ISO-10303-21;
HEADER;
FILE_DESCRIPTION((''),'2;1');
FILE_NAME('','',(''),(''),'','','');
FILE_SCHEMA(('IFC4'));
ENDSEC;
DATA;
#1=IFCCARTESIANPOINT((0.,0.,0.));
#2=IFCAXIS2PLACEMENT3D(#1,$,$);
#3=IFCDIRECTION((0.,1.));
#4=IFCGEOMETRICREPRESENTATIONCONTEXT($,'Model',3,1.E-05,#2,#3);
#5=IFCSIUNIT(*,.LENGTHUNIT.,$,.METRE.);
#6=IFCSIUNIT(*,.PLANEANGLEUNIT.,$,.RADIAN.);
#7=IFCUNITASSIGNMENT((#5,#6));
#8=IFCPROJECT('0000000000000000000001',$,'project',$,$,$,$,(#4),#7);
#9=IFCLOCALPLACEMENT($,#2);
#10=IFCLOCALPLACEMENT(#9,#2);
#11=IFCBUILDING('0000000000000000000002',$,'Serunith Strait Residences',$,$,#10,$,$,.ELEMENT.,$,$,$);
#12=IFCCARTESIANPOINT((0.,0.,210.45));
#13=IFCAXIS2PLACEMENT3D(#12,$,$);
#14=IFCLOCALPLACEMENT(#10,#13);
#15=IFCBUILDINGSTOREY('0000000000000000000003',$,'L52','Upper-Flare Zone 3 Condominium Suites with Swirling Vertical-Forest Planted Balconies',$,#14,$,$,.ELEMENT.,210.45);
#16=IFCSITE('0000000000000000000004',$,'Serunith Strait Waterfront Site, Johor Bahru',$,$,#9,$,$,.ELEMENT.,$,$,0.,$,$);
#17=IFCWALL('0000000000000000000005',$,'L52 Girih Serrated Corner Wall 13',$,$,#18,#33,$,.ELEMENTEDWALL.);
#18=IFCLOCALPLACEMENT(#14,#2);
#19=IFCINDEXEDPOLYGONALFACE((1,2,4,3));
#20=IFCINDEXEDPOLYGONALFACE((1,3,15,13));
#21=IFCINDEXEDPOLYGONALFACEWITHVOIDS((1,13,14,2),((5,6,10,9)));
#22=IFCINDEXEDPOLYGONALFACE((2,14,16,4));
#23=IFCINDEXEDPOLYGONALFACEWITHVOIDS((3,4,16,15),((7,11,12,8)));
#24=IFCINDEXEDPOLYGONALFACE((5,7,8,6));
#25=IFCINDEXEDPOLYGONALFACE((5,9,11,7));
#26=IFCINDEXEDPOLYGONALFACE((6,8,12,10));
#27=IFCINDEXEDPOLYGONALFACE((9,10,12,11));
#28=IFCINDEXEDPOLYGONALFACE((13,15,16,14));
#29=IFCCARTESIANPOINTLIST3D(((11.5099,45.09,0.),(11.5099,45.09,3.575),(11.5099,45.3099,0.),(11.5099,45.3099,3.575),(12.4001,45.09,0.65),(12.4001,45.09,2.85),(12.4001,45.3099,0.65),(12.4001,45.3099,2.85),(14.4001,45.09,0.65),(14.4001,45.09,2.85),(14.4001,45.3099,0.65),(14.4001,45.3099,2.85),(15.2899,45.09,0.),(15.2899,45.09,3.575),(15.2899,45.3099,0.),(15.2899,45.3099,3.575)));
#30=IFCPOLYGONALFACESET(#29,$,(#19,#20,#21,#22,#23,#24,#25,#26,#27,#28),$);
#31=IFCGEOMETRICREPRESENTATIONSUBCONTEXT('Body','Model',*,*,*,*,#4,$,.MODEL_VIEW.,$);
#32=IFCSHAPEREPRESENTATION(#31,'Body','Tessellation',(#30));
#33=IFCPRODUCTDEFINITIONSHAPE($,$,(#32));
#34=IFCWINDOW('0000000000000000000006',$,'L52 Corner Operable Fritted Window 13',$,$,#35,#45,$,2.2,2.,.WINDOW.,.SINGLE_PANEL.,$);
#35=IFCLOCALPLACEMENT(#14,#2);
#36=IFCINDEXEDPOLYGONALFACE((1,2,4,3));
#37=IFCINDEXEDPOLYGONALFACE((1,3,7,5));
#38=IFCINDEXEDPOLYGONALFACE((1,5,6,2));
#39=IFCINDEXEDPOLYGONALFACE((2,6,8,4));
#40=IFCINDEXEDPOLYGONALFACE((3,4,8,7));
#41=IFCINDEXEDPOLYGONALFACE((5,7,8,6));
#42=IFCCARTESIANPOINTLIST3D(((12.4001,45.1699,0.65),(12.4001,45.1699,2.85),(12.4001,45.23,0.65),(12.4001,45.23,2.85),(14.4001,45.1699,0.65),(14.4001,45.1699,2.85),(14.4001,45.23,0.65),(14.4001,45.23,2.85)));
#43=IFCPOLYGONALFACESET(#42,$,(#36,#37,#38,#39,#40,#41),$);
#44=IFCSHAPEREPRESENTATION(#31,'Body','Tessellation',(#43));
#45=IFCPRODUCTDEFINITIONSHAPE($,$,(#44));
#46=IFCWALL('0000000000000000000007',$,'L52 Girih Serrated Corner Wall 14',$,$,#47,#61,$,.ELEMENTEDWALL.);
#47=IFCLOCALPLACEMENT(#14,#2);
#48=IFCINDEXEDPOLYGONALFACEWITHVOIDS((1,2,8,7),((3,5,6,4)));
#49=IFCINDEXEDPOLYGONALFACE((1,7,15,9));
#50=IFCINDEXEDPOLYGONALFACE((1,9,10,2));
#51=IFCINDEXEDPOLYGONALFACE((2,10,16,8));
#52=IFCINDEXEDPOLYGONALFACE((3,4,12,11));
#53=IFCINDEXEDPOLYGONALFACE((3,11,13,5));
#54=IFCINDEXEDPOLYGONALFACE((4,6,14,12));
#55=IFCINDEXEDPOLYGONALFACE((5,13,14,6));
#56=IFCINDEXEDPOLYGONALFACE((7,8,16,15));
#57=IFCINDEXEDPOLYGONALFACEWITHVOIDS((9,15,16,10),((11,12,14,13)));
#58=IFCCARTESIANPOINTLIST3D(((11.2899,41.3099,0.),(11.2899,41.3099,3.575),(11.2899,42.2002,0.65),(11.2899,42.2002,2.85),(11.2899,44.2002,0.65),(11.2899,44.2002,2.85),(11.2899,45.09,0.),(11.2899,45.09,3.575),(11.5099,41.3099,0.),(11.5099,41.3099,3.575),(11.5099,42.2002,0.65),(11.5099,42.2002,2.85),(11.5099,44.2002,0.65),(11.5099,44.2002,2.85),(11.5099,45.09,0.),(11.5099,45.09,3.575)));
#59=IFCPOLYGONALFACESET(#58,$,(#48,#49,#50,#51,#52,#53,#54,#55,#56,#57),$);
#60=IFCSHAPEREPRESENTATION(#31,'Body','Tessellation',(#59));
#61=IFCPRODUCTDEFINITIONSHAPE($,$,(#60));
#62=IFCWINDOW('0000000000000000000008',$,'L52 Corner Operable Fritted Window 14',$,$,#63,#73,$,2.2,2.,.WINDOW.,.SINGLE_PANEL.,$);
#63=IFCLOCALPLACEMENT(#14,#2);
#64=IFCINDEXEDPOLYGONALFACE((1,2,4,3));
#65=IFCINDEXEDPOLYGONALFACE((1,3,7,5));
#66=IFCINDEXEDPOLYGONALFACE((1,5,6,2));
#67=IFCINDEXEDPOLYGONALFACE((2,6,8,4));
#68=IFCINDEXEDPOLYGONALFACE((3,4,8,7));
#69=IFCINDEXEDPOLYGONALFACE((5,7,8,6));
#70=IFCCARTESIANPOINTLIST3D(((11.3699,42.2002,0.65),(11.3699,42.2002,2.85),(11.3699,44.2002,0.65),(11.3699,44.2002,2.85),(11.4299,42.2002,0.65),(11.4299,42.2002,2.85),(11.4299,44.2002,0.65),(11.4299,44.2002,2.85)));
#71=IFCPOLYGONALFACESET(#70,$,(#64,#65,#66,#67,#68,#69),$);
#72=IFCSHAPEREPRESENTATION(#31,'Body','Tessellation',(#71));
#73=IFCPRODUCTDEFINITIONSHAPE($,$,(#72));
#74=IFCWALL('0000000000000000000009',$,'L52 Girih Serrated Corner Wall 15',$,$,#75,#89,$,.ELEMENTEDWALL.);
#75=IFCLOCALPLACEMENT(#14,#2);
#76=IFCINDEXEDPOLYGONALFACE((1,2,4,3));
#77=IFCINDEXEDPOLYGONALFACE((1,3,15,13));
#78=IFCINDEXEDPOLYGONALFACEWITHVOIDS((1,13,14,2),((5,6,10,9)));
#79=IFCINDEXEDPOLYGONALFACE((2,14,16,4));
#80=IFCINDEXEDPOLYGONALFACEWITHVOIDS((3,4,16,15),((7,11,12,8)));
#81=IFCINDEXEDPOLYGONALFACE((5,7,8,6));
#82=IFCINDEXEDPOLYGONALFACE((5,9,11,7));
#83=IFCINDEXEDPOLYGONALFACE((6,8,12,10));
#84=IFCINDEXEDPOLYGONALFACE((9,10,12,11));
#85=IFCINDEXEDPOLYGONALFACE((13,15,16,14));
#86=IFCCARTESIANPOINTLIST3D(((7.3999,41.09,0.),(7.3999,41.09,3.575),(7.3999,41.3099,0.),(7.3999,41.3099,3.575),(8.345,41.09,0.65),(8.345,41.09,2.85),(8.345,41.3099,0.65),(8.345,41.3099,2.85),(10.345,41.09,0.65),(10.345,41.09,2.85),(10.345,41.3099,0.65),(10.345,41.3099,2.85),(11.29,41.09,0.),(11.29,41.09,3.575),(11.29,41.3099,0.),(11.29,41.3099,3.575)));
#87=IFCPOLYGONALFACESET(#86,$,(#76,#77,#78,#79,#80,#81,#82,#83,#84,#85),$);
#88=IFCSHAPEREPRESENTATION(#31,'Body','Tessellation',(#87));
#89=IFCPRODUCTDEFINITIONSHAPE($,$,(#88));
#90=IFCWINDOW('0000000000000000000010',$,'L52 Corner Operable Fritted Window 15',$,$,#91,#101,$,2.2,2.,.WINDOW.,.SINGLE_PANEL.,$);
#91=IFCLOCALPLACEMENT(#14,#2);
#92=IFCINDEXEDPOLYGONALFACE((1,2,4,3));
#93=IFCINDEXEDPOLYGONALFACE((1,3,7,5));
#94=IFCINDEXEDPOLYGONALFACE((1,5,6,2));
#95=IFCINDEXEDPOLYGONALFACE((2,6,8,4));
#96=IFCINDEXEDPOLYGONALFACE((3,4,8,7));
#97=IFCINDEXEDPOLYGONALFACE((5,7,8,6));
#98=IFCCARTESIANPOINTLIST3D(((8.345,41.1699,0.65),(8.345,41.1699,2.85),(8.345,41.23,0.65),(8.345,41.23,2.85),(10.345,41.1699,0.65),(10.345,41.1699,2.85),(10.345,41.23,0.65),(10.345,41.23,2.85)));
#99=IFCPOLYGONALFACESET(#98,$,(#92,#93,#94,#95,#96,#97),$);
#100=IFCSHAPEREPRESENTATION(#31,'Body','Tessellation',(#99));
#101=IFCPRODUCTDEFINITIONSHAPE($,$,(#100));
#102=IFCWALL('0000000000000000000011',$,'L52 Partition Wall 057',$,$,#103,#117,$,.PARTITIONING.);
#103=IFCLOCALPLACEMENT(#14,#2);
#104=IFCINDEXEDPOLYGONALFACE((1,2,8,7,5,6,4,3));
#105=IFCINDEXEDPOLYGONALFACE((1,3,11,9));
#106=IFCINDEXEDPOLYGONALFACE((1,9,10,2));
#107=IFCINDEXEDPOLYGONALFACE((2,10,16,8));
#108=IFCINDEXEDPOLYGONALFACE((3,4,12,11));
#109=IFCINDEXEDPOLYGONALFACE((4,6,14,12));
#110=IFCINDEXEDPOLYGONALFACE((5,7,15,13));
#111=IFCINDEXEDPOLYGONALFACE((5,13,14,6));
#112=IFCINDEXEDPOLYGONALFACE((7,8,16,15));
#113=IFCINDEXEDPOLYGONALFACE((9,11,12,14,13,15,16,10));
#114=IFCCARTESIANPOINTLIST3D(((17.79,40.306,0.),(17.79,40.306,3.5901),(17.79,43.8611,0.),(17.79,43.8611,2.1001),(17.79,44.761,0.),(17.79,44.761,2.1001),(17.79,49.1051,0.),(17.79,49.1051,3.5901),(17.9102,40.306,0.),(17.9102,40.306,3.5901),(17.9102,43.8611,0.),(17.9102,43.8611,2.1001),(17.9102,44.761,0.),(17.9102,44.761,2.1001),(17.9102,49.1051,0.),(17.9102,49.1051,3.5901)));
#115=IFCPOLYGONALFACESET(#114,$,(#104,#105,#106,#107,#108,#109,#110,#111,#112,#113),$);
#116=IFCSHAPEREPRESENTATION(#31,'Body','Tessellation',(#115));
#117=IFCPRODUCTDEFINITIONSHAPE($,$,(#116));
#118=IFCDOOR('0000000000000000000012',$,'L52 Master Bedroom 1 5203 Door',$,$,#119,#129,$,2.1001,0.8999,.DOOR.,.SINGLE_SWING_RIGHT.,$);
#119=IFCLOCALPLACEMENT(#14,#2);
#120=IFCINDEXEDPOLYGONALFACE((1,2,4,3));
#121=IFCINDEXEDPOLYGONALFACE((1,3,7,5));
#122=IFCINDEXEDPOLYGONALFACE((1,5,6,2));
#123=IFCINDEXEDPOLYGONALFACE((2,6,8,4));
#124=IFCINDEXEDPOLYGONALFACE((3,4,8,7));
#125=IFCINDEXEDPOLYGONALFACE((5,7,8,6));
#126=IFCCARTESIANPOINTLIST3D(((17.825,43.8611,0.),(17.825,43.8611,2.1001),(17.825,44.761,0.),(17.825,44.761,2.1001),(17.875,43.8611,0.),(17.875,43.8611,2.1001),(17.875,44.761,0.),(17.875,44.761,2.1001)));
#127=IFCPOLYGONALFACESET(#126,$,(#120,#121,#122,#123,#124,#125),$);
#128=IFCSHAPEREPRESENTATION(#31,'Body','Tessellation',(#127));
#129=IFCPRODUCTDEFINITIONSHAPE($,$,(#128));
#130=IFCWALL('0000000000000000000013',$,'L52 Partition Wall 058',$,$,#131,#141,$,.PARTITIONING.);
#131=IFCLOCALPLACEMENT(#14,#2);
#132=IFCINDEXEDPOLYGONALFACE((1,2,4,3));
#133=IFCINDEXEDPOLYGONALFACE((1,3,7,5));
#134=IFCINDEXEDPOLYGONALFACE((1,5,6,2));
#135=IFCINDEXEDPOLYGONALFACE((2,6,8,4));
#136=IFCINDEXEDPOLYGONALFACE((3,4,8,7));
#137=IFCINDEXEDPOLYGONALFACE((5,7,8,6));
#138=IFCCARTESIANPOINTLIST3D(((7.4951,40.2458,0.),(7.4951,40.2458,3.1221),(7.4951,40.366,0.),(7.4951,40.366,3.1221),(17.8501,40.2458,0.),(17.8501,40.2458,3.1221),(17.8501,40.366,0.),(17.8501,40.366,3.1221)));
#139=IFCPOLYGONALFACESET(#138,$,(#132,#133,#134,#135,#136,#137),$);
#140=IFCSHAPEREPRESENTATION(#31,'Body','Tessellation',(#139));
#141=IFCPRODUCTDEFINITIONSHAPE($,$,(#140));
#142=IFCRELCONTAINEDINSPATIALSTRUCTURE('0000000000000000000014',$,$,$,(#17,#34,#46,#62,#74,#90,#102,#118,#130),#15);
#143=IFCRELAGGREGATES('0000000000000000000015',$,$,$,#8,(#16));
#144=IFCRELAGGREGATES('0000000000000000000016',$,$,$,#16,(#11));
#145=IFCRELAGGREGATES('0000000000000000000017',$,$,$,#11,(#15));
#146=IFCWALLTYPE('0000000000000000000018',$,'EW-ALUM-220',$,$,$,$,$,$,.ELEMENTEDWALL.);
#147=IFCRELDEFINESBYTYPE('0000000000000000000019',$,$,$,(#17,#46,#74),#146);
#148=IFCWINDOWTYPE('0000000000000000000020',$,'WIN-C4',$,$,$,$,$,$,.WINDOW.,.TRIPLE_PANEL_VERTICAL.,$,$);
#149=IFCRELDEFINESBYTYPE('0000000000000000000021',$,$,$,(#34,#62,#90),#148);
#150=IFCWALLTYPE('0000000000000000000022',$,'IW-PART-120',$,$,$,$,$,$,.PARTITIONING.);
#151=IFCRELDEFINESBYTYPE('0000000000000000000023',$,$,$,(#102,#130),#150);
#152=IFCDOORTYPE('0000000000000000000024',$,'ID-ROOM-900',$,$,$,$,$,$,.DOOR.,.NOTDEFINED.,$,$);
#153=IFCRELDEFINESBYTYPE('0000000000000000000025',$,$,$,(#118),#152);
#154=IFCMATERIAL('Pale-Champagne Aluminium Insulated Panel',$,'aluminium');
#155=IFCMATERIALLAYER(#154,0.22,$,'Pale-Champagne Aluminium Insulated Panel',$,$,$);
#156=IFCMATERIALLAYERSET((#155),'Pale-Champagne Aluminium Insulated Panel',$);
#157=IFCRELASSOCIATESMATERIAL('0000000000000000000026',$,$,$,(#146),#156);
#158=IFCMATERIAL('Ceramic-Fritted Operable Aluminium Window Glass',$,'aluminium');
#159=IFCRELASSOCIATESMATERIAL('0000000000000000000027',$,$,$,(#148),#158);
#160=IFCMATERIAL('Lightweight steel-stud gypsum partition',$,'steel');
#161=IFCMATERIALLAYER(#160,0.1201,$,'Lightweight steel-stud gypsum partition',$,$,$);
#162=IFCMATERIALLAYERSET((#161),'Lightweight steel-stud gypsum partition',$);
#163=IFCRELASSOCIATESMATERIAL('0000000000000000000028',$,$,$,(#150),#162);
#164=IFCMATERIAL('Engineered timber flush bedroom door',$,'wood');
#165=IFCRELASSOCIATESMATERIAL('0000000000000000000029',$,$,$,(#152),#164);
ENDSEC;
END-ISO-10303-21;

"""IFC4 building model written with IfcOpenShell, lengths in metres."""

from ifc_helpers import new_model, si_unit, direction, frame, frame_2d, origin, place, context, subcontext, project, spatial, rectangle, extrude, source, transform, mapped, material, layer, layer_set, type_object, element, fill, save


model = new_model("IFC4")

# Units and contexts
model_context = context("Model", 3, precision=1e-05, world=origin(), true_north=direction((0.0, 1.0)))
body_context = subcontext(model_context, "Body", "Model", "MODEL_VIEW")
ifc_project = project(units=[si_unit("LENGTHUNIT", "METRE"), si_unit("PLANEANGLEUNIT", "RADIAN")], contexts=[model_context])

# Site, building, storey
site_placement = place(None, origin())
site = spatial("IfcSite", under=ifc_project, at=site_placement, Name="Serunith Strait Waterfront Site, Johor Bahru", CompositionType="ELEMENT", RefElevation=0.0)
building_placement = place(site_placement, origin())
building = spatial("IfcBuilding", under=site, at=building_placement, Name="Serunith Strait Residences", CompositionType="ELEMENT")
storey_placement = place(building_placement, frame((0.0, 0.0, 210.45)))
storey = spatial("IfcBuildingStorey", under=building, at=storey_placement, Name="L52", Description="Upper-Flare Zone 3 Condominium Suites with Swirling Vertical-Forest Planted Balconies", CompositionType="ELEMENT", Elevation=210.45)

# Walls, openings, windows
ifc_material_1 = material(Name="Pale-Champagne Aluminium Insulated Panel", Category="aluminium")
ifc_layer_1 = layer(ifc_material_1, 0.22, Name="Pale-Champagne Aluminium Insulated Panel")
ifc_layer_set_1 = layer_set([ifc_layer_1], Name="Pale-Champagne Aluminium Insulated Panel")
wall_type_1 = type_object("IfcWallType", Name="EW-ALUM-220", PredefinedType="ELEMENTEDWALL", material=ifc_layer_set_1)
ifc_material_2 = material(Name="Ceramic-Fritted Operable Aluminium Window Glass", Category="aluminium")
window_type = type_object("IfcWindowType", Name="WIN-C4", PartitioningType="TRIPLE_PANEL_VERTICAL", PredefinedType="WINDOW", material=ifc_material_2)
shared_shape_1 = source(origin(), body_context, "Body", "SweptSolid", [
    extrude(rectangle(XDim=2.0, YDim=2.2, at=frame_2d((1.0, 1.1001))), frame((0.0, 0.03, 0.0), z_axis=(0.0, -1.0, 0.0), x_axis=(1.0, 0.0, 0.0)), (0.0, 0.0, 1.0), 0.0601),
])
wall_1_placement = place(storey_placement, frame((15.29, 45.2, 0.0), z_axis=(0.0, 0.0, 1.0), x_axis=(-1.0, 0.0, 0.0)))
wall_1 = element("IfcWall", 1, at=wall_1_placement, inside=storey, type_object=wall_type_1, Name="L52 Girih Serrated Corner Wall 13", PredefinedType="ELEMENTEDWALL", context=body_context, shape_type="SweptSolid", body=[
    extrude(rectangle(XDim=3.78, YDim=0.22, at=frame_2d((1.8901, 0.0))), origin(), (0.0, 0.0, 1.0), 3.575),
])
opening_1_placement = place(wall_1_placement, frame((0.8899, 0.0, 0.6499)))
opening_1 = element("IfcOpeningElement", 2, at=opening_1_placement, cuts=wall_1, PredefinedType="OPENING", context=body_context, shape_type="SweptSolid", body=[
    extrude(rectangle(XDim=2.0, YDim=2.2, at=frame_2d((1.0, 1.1001))), frame((0.0, 0.1201, 0.0), z_axis=(0.0, -1.0, 0.0), x_axis=(1.0, 0.0, 0.0)), (0.0, 0.0, 1.0), 0.24),
])
window_1_placement = place(opening_1_placement, origin())
window_1 = element("IfcWindow", 3, at=window_1_placement, inside=storey, type_object=window_type, Name="L52 Corner Operable Fritted Window 13", OverallHeight=2.2, OverallWidth=2.0, PartitioningType="SINGLE_PANEL", PredefinedType="WINDOW", context=body_context, shape_type="MappedRepresentation", body=[
    mapped(shared_shape_1, transform((0.0, 0.0, 0.0), scale=1.0)),
])
fill(opening_1, window_1)
wall_2_placement = place(storey_placement, frame((11.3999, 45.0901, 0.0), z_axis=(0.0, 0.0, 1.0), x_axis=(0.0, -1.0, 0.0)))
wall_2 = element("IfcWall", 4, at=wall_2_placement, inside=storey, type_object=wall_type_1, Name="L52 Girih Serrated Corner Wall 14", PredefinedType="ELEMENTEDWALL", context=body_context, shape_type="SweptSolid", body=[
    extrude(rectangle(XDim=3.78, YDim=0.22, at=frame_2d((1.8901, 0.0))), origin(), (0.0, 0.0, 1.0), 3.575),
])
opening_2_placement = place(wall_2_placement, frame((0.8899, 0.0, 0.6499)))
opening_2 = element("IfcOpeningElement", 5, at=opening_2_placement, cuts=wall_2, PredefinedType="OPENING", context=body_context, shape_type="SweptSolid", body=[
    extrude(rectangle(XDim=2.0, YDim=2.2, at=frame_2d((1.0, 1.1001))), frame((0.0, 0.1201, 0.0), z_axis=(0.0, -1.0, 0.0), x_axis=(1.0, 0.0, 0.0)), (0.0, 0.0, 1.0), 0.24),
])
window_2_placement = place(opening_2_placement, origin())
window_2 = element("IfcWindow", 6, at=window_2_placement, inside=storey, type_object=window_type, Name="L52 Corner Operable Fritted Window 14", OverallHeight=2.2, OverallWidth=2.0, PartitioningType="SINGLE_PANEL", PredefinedType="WINDOW", context=body_context, shape_type="MappedRepresentation", body=[
    mapped(shared_shape_1, transform((0.0, 0.0, 0.0), scale=1.0)),
])
fill(opening_2, window_2)
wall_3_placement = place(storey_placement, frame((11.29, 41.2, 0.0), z_axis=(0.0, 0.0, 1.0), x_axis=(-1.0, 0.0, 0.0)))
wall_3 = element("IfcWall", 7, at=wall_3_placement, inside=storey, type_object=wall_type_1, Name="L52 Girih Serrated Corner Wall 15", PredefinedType="ELEMENTEDWALL", context=body_context, shape_type="SweptSolid", body=[
    extrude(rectangle(XDim=3.8901, YDim=0.22, at=frame_2d((1.9451, 0.0))), origin(), (0.0, 0.0, 1.0), 3.575),
])
opening_3_placement = place(wall_3_placement, frame((0.9451, 0.0, 0.6499)))
opening_3 = element("IfcOpeningElement", 8, at=opening_3_placement, cuts=wall_3, PredefinedType="OPENING", context=body_context, shape_type="SweptSolid", body=[
    extrude(rectangle(XDim=2.0, YDim=2.2, at=frame_2d((1.0, 1.1001))), frame((0.0, 0.1201, 0.0), z_axis=(0.0, -1.0, 0.0), x_axis=(1.0, 0.0, 0.0)), (0.0, 0.0, 1.0), 0.24),
])
window_3_placement = place(opening_3_placement, origin())
window_3 = element("IfcWindow", 9, at=window_3_placement, inside=storey, type_object=window_type, Name="L52 Corner Operable Fritted Window 15", OverallHeight=2.2, OverallWidth=2.0, PartitioningType="SINGLE_PANEL", PredefinedType="WINDOW", context=body_context, shape_type="MappedRepresentation", body=[
    mapped(shared_shape_1, transform((0.0, 0.0, 0.0), scale=1.0)),
])
fill(opening_3, window_3)

# Wall, opening, door
ifc_material_3 = material(Name="Lightweight steel-stud gypsum partition", Category="steel")
ifc_layer_2 = layer(ifc_material_3, 0.1201, Name="Lightweight steel-stud gypsum partition")
ifc_layer_set_2 = layer_set([ifc_layer_2], Name="Lightweight steel-stud gypsum partition")
wall_type_2 = type_object("IfcWallType", Name="IW-PART-120", PredefinedType="PARTITIONING", material=ifc_layer_set_2)
wall_4_placement = place(storey_placement, frame((17.8501, 49.105, 0.0), z_axis=(0.0, 0.0, 1.0), x_axis=(0.0, -1.0, 0.0)))
wall_4 = element("IfcWall", 10, at=wall_4_placement, inside=storey, type_object=wall_type_2, Name="L52 Partition Wall 057", PredefinedType="PARTITIONING", context=body_context, shape_type="SweptSolid", body=[
    extrude(rectangle(XDim=8.7991, YDim=0.1201, at=frame_2d((4.3994, 0.0))), origin(), (0.0, 0.0, 1.0), 3.5901),
])
opening_4_placement = place(wall_4_placement, frame((4.344, 0.0, 0.0)))
opening_4 = element("IfcOpeningElement", 11, at=opening_4_placement, cuts=wall_4, PredefinedType="OPENING", context=body_context, shape_type="SweptSolid", body=[
    extrude(rectangle(XDim=0.8999, YDim=2.1001, at=frame_2d((0.45, 1.05))), frame((0.0, 0.0701, 0.0), z_axis=(0.0, -1.0, 0.0), x_axis=(1.0, 0.0, 0.0)), (0.0, 0.0, 1.0), 0.1401),
])
ifc_material_4 = material(Name="Engineered timber flush bedroom door", Category="wood")
door_type_1 = type_object("IfcDoorType", Name="ID-ROOM-900", OperationType="NOTDEFINED", PredefinedType="DOOR", material=ifc_material_4)
shared_shape_2 = source(origin(), body_context, "Body", "SweptSolid", [
    extrude(rectangle(XDim=0.8999, YDim=2.1001, at=frame_2d((0.45, 1.05))), frame((0.0, 0.0249, 0.0), z_axis=(0.0, -1.0, 0.0), x_axis=(1.0, 0.0, 0.0)), (0.0, 0.0, 1.0), 0.05),
])
door_1_placement = place(opening_4_placement, origin())
door_1 = element("IfcDoor", 12, at=door_1_placement, inside=storey, type_object=door_type_1, Name="L52 Master Bedroom 1 5203 Door", OperationType="SINGLE_SWING_RIGHT", OverallHeight=2.1001, OverallWidth=0.8999, PredefinedType="DOOR", context=body_context, shape_type="MappedRepresentation", body=[
    mapped(shared_shape_2, transform((0.0, 0.0, 0.0), scale=1.0)),
])
fill(opening_4, door_1)

# Wall
wall_5_placement = place(storey_placement, frame((7.4951, 40.3059, 0.0), z_axis=(0.0, 0.0, 1.0), x_axis=(1.0, 0.0, 0.0)))
element("IfcWall", 13, at=wall_5_placement, inside=storey, type_object=wall_type_2, Name="L52 Partition Wall 058", PredefinedType="PARTITIONING", context=body_context, shape_type="SweptSolid", body=[
    extrude(rectangle(XDim=10.355, YDim=0.1201, at=frame_2d((5.1775, 0.0))), origin(), (0.0, 0.0, 1.0), 3.1221),
])

save(model, "model.ifc")
